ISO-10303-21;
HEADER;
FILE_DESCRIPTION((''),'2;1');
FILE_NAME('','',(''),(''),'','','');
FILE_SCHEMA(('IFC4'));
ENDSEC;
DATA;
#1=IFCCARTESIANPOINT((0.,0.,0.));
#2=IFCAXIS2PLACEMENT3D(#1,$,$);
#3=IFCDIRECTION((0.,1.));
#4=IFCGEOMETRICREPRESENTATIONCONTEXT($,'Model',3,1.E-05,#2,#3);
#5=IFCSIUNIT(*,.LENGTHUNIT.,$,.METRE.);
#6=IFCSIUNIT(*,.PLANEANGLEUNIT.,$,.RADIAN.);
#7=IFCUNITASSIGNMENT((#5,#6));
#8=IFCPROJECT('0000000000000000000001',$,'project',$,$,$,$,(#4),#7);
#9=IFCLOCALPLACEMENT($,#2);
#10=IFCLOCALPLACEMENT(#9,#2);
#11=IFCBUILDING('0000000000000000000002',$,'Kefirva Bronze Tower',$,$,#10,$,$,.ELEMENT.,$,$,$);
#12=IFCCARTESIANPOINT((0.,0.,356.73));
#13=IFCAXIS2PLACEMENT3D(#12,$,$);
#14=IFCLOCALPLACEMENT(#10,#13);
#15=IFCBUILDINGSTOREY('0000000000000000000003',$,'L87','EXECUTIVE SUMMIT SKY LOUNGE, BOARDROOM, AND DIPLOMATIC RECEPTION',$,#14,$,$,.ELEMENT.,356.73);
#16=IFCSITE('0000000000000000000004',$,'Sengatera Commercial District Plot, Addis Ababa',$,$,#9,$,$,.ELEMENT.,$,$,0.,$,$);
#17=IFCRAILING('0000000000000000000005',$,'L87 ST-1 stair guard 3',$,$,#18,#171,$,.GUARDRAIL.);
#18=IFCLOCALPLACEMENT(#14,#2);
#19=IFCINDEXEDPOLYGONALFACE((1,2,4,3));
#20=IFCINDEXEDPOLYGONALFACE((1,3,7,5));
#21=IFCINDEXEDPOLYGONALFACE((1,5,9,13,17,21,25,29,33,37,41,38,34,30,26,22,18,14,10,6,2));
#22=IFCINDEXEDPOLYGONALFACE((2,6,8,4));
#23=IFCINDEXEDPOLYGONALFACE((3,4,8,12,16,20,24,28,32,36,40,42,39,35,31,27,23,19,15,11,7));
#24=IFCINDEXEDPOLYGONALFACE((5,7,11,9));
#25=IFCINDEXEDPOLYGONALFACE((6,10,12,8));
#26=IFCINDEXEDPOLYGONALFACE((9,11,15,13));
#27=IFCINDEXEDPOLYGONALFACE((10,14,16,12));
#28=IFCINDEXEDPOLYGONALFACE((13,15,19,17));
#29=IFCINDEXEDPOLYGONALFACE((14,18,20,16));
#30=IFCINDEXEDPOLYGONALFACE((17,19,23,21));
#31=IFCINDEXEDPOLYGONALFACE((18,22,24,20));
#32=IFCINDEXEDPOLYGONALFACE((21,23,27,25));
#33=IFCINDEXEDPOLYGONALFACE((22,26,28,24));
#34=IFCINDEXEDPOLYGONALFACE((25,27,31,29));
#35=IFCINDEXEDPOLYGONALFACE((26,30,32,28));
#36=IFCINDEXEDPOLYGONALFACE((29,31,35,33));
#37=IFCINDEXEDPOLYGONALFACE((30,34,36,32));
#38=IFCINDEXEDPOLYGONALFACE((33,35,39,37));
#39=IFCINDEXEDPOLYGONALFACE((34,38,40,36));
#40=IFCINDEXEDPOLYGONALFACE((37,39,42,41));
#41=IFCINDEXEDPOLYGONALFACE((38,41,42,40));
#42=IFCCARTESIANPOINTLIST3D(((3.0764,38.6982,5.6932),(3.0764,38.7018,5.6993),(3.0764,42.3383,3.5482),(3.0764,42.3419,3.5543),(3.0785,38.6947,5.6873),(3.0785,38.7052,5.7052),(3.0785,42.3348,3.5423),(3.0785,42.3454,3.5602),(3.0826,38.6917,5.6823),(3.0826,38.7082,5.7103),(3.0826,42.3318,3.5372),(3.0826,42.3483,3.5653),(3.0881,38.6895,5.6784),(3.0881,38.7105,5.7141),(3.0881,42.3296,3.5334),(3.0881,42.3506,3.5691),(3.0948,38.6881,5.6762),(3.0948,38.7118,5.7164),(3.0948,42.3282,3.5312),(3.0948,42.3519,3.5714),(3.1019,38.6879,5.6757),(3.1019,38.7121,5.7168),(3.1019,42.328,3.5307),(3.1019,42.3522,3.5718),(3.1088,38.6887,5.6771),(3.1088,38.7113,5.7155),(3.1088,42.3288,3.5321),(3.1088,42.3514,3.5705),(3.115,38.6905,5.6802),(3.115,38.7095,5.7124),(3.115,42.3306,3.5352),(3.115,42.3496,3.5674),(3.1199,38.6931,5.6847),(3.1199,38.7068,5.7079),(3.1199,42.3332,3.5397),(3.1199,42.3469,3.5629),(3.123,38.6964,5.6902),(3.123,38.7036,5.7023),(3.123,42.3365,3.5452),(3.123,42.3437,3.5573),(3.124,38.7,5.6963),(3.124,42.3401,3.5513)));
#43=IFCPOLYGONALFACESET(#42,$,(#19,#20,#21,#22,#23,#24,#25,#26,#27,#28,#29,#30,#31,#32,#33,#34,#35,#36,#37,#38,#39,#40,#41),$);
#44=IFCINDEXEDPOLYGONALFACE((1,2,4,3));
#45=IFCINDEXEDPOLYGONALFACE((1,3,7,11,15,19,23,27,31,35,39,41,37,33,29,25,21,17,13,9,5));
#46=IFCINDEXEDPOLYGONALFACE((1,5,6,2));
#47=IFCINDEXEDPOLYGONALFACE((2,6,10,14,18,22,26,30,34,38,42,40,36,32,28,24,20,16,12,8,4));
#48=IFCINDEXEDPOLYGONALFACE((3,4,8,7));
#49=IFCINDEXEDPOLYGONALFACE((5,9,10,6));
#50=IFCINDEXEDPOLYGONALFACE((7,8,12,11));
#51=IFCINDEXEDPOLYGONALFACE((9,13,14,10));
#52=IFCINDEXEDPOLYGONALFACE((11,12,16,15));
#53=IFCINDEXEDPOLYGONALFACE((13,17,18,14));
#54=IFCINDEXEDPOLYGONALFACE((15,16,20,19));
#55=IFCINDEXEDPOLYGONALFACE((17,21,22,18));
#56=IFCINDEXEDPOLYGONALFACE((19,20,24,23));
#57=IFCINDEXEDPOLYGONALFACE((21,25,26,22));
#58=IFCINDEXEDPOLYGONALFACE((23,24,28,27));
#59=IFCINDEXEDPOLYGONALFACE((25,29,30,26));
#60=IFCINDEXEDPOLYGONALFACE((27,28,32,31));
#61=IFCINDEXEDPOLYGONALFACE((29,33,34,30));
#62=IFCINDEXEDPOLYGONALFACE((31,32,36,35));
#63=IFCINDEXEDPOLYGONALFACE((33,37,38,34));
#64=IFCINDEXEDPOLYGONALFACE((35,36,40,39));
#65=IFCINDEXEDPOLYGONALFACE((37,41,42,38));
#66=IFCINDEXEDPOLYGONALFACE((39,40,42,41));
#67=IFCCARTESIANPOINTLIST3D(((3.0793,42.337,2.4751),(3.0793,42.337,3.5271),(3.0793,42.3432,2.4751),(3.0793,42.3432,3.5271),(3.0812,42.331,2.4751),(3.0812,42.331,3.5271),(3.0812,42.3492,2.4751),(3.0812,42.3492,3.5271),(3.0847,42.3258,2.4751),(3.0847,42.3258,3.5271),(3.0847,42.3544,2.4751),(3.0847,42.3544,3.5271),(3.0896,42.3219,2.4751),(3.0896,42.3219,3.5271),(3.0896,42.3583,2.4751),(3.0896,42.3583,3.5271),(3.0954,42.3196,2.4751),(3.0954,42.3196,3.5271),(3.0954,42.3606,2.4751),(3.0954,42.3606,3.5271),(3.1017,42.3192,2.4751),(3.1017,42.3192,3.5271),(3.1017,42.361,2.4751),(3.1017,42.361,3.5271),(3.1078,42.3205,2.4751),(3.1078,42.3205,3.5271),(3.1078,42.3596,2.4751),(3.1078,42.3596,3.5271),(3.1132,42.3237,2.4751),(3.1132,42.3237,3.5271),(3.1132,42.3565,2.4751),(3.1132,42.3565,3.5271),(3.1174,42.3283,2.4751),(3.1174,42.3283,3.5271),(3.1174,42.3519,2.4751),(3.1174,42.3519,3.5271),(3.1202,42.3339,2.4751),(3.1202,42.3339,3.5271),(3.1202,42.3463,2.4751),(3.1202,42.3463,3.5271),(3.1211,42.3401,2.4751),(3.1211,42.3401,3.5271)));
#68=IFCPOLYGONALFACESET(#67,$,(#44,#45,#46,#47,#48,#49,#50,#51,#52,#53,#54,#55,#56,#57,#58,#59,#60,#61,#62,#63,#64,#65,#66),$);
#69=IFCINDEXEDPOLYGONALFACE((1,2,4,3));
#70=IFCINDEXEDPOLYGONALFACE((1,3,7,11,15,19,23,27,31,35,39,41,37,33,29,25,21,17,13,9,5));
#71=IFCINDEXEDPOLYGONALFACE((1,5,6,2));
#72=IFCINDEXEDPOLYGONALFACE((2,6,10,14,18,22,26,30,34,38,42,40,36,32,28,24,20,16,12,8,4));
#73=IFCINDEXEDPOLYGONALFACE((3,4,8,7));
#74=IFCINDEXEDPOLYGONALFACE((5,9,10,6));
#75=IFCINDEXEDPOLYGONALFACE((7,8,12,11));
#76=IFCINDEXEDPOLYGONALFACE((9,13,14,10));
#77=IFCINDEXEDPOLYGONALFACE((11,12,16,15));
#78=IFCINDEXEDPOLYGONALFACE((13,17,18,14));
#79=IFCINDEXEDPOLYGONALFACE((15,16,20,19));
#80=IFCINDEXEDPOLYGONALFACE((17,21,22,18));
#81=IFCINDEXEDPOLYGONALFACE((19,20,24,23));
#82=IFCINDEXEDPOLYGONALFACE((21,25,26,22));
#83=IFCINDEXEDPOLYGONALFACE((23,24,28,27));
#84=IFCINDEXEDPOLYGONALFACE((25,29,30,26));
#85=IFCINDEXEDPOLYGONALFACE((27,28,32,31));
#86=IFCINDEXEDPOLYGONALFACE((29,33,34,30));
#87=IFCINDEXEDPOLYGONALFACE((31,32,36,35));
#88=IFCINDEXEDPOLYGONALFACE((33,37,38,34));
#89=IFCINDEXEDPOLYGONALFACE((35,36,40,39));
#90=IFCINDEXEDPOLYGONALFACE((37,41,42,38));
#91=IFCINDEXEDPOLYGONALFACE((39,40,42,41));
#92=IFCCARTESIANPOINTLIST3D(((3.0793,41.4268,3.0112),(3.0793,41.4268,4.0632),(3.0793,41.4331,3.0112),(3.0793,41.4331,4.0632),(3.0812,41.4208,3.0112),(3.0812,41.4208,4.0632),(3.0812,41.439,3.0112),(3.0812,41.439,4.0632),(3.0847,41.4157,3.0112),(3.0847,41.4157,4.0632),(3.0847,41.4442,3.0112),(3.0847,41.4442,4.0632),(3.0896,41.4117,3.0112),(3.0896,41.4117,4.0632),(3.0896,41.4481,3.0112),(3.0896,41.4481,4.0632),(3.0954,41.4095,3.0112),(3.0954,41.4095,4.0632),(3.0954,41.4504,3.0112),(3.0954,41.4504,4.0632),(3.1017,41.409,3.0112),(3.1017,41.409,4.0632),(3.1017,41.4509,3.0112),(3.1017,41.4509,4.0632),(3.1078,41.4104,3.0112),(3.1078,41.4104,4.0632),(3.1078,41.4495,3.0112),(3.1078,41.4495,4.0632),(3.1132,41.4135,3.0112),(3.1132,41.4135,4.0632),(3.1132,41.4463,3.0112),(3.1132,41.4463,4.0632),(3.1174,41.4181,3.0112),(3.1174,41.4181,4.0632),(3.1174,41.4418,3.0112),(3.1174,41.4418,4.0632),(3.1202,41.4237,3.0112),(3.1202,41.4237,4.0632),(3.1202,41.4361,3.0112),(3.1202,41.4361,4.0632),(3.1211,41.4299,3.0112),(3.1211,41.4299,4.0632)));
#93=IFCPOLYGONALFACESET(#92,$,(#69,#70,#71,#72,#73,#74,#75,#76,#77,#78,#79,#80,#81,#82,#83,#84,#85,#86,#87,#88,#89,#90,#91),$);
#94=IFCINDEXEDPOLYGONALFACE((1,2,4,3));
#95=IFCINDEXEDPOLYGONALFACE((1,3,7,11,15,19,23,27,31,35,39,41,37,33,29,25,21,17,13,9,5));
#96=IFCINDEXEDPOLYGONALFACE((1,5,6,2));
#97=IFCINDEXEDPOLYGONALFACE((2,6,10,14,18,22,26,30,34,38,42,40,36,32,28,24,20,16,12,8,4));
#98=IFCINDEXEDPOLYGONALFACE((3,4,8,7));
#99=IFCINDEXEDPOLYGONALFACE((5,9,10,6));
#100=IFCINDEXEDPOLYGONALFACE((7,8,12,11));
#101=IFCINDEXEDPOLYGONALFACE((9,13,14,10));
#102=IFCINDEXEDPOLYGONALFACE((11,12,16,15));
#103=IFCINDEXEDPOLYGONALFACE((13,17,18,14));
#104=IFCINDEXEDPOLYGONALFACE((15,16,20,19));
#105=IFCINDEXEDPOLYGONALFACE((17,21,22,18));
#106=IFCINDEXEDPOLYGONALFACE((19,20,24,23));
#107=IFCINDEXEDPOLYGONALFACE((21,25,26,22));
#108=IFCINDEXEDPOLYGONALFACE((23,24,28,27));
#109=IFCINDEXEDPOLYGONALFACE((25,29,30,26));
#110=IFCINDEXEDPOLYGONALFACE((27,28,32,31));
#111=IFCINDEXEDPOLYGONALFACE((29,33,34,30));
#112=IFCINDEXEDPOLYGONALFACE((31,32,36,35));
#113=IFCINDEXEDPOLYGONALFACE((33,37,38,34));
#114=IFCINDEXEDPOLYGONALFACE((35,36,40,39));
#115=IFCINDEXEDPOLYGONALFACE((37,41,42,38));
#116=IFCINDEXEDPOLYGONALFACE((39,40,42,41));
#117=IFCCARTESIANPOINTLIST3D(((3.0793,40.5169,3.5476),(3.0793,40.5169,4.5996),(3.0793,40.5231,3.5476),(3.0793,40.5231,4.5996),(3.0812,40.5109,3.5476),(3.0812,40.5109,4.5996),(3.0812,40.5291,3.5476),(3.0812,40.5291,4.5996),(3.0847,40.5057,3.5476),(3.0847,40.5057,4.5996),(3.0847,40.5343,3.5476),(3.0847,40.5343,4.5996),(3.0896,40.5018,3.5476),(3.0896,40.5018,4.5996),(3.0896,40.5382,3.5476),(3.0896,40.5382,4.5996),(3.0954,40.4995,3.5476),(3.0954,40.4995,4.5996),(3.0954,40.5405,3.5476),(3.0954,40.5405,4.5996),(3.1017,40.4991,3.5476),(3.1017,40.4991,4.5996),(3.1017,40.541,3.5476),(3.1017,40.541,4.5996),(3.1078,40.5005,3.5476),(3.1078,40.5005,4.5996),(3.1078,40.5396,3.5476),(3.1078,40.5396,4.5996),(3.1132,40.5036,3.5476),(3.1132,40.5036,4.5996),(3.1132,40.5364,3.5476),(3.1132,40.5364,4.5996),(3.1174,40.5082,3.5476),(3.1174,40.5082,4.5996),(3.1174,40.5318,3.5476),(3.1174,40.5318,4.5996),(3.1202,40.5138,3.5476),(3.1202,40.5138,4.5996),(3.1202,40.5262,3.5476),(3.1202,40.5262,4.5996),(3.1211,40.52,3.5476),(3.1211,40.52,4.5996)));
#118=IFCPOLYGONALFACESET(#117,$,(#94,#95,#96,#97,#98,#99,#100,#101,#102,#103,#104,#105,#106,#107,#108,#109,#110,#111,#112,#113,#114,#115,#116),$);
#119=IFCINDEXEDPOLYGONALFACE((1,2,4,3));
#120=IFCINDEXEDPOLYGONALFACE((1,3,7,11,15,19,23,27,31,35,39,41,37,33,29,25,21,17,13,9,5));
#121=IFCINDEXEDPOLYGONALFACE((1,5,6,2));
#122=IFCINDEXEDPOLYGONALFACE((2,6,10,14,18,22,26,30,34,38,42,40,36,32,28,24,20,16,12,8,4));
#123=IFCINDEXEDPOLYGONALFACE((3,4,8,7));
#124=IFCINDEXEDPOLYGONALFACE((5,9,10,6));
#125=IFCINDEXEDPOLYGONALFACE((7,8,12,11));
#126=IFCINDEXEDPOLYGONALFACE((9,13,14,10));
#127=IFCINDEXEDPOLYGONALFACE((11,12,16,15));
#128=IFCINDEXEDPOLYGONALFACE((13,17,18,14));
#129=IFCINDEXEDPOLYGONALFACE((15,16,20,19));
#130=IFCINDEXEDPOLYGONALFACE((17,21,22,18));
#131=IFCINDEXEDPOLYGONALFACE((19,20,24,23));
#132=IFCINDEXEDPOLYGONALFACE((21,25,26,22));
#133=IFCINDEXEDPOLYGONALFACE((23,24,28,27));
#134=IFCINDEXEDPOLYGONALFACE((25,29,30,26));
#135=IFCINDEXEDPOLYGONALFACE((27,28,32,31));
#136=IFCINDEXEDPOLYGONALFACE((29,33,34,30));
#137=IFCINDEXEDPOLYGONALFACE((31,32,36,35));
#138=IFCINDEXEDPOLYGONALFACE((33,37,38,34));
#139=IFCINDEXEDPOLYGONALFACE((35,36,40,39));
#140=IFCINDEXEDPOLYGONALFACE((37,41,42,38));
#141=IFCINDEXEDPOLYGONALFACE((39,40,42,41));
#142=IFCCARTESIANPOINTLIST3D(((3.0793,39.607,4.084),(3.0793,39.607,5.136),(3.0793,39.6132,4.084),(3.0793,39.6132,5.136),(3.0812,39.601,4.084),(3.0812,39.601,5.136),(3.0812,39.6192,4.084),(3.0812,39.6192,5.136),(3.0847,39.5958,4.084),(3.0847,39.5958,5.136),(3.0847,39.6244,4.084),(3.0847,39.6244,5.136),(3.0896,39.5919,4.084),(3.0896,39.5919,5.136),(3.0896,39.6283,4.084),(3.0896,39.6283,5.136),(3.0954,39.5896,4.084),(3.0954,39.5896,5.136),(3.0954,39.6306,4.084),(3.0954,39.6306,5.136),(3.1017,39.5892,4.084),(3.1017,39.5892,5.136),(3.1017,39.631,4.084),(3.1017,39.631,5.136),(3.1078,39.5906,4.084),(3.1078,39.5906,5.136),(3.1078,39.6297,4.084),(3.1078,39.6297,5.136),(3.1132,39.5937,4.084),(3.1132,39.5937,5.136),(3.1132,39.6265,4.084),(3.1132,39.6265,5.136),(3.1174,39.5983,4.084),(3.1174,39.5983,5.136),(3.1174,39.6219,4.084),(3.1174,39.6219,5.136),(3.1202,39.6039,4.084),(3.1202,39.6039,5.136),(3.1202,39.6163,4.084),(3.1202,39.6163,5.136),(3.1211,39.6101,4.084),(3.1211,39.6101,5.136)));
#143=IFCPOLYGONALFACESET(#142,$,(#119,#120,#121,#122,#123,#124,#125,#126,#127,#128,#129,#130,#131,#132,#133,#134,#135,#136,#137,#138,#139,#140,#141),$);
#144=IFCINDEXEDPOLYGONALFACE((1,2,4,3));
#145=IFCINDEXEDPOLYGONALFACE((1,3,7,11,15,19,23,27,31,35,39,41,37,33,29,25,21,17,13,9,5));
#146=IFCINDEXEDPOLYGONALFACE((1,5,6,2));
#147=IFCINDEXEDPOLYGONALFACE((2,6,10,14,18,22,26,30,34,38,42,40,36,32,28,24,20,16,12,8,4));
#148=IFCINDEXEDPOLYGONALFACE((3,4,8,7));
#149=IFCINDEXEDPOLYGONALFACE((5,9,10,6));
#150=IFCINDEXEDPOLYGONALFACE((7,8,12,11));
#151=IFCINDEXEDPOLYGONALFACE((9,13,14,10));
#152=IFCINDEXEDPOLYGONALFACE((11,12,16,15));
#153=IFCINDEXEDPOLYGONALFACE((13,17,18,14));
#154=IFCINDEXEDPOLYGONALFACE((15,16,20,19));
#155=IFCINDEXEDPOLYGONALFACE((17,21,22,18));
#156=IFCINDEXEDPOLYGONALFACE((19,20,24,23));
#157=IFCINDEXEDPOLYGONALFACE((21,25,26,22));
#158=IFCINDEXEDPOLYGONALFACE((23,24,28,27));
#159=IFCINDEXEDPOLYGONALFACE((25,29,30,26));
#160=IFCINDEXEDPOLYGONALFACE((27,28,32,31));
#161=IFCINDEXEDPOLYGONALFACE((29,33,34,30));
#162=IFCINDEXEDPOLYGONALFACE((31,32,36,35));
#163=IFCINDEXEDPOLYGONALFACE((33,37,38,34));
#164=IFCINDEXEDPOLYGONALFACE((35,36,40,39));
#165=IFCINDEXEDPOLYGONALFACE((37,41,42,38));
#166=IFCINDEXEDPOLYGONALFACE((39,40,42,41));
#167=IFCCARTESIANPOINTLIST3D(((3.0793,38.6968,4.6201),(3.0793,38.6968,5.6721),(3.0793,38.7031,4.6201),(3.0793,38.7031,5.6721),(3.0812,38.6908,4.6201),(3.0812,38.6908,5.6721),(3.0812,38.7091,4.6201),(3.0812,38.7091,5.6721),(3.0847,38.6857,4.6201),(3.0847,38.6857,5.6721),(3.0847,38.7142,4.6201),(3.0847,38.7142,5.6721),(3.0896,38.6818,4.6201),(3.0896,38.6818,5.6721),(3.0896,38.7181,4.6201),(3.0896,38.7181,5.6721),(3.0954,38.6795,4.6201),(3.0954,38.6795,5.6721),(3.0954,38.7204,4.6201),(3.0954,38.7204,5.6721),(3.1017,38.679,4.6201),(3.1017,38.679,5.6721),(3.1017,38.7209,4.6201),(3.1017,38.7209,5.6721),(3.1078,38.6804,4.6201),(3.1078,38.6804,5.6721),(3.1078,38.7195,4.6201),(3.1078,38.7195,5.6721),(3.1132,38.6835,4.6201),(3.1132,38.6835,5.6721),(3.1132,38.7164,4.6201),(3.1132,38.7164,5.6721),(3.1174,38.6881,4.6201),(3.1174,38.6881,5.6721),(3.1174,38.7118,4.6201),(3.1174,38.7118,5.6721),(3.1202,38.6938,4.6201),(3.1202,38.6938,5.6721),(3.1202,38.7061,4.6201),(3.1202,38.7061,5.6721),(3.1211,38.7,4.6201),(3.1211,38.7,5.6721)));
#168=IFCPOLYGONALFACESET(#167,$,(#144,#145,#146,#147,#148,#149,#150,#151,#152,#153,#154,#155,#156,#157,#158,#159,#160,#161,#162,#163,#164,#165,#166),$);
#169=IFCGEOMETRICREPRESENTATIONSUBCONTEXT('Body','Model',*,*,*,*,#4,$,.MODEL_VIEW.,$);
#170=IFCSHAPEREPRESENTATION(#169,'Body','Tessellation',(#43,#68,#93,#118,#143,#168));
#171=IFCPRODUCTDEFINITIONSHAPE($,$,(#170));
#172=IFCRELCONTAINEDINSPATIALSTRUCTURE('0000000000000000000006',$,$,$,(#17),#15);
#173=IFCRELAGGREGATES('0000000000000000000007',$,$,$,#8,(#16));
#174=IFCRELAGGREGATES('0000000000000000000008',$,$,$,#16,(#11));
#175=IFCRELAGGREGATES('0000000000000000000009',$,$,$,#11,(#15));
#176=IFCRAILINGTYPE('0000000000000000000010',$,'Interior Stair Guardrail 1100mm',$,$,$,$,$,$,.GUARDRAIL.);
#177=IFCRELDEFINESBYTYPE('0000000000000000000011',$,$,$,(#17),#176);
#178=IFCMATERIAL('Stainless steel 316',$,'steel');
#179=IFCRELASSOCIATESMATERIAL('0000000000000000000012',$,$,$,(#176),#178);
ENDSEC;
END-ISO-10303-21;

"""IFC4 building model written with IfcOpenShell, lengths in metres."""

from ifc_helpers import new_model, si_unit, direction, frame, origin, origin_2d, place, context, subcontext, project, spatial, circle, extrude, material, type_object, element, save


model = new_model("IFC4")

# Units and contexts
model_context = context("Model", 3, precision=1e-05, world=origin(), true_north=direction((0.0, 1.0)))
body_context = subcontext(model_context, "Body", "Model", "MODEL_VIEW")
ifc_project = project(units=[si_unit("LENGTHUNIT", "METRE"), si_unit("PLANEANGLEUNIT", "RADIAN")], contexts=[model_context])

# Site, building, storey
site_placement = place(None, origin())
site = spatial("IfcSite", under=ifc_project, at=site_placement, Name="Sengatera Commercial District Plot, Addis Ababa", CompositionType="ELEMENT", RefElevation=0.0)
building_placement = place(site_placement, origin())
building = spatial("IfcBuilding", under=site, at=building_placement, Name="Kefirva Bronze Tower", CompositionType="ELEMENT")
storey_placement = place(building_placement, frame((0.0, 0.0, 356.73)))
storey = spatial("IfcBuildingStorey", under=building, at=storey_placement, Name="L87", Description="EXECUTIVE SUMMIT SKY LOUNGE, BOARDROOM, AND DIPLOMATIC RECEPTION", CompositionType="ELEMENT", Elevation=356.73)

# Railing
ifc_material_1 = material(Name="Stainless steel 316", Category="steel")
railing_type_1 = type_object("IfcRailingType", Name="Interior Stair Guardrail 1100mm", PredefinedType="GUARDRAIL", material=ifc_material_1)
railing_1_placement = place(storey_placement, frame((3.1001, 42.3401, 2.4751)))
element("IfcRailing", 1, at=railing_1_placement, inside=storey, type_object=railing_type_1, Name="L87 ST-1 stair guard 3", PredefinedType="GUARDRAIL", context=body_context, shape_type="SweptSolid", body=[
    extrude(circle(Radius=0.0239, at=origin_2d()), frame((0.0, 0.0, 1.0762), z_axis=(0.0, -0.861545, 0.507682), x_axis=(1.0, 0.0, 0.0)), (0.0, 0.0, 1.0), 4.2251),
    extrude(circle(Radius=0.021, at=origin_2d()), origin(), (0.0, 0.0, 1.0), 1.052),
    extrude(circle(Radius=0.021, at=origin_2d()), frame((0.0, -0.9102, 0.5361)), (0.0, 0.0, 1.0), 1.052),
    extrude(circle(Radius=0.021, at=origin_2d()), frame((0.0, -1.8201, 1.0725)), (0.0, 0.0, 1.0), 1.052),
    extrude(circle(Radius=0.021, at=origin_2d()), frame((0.0, -2.73, 1.6089)), (0.0, 0.0, 1.0), 1.052),
    extrude(circle(Radius=0.021, at=origin_2d()), frame((0.0, -3.6401, 2.145)), (0.0, 0.0, 1.0), 1.052),
])

save(model, "model.ifc")
